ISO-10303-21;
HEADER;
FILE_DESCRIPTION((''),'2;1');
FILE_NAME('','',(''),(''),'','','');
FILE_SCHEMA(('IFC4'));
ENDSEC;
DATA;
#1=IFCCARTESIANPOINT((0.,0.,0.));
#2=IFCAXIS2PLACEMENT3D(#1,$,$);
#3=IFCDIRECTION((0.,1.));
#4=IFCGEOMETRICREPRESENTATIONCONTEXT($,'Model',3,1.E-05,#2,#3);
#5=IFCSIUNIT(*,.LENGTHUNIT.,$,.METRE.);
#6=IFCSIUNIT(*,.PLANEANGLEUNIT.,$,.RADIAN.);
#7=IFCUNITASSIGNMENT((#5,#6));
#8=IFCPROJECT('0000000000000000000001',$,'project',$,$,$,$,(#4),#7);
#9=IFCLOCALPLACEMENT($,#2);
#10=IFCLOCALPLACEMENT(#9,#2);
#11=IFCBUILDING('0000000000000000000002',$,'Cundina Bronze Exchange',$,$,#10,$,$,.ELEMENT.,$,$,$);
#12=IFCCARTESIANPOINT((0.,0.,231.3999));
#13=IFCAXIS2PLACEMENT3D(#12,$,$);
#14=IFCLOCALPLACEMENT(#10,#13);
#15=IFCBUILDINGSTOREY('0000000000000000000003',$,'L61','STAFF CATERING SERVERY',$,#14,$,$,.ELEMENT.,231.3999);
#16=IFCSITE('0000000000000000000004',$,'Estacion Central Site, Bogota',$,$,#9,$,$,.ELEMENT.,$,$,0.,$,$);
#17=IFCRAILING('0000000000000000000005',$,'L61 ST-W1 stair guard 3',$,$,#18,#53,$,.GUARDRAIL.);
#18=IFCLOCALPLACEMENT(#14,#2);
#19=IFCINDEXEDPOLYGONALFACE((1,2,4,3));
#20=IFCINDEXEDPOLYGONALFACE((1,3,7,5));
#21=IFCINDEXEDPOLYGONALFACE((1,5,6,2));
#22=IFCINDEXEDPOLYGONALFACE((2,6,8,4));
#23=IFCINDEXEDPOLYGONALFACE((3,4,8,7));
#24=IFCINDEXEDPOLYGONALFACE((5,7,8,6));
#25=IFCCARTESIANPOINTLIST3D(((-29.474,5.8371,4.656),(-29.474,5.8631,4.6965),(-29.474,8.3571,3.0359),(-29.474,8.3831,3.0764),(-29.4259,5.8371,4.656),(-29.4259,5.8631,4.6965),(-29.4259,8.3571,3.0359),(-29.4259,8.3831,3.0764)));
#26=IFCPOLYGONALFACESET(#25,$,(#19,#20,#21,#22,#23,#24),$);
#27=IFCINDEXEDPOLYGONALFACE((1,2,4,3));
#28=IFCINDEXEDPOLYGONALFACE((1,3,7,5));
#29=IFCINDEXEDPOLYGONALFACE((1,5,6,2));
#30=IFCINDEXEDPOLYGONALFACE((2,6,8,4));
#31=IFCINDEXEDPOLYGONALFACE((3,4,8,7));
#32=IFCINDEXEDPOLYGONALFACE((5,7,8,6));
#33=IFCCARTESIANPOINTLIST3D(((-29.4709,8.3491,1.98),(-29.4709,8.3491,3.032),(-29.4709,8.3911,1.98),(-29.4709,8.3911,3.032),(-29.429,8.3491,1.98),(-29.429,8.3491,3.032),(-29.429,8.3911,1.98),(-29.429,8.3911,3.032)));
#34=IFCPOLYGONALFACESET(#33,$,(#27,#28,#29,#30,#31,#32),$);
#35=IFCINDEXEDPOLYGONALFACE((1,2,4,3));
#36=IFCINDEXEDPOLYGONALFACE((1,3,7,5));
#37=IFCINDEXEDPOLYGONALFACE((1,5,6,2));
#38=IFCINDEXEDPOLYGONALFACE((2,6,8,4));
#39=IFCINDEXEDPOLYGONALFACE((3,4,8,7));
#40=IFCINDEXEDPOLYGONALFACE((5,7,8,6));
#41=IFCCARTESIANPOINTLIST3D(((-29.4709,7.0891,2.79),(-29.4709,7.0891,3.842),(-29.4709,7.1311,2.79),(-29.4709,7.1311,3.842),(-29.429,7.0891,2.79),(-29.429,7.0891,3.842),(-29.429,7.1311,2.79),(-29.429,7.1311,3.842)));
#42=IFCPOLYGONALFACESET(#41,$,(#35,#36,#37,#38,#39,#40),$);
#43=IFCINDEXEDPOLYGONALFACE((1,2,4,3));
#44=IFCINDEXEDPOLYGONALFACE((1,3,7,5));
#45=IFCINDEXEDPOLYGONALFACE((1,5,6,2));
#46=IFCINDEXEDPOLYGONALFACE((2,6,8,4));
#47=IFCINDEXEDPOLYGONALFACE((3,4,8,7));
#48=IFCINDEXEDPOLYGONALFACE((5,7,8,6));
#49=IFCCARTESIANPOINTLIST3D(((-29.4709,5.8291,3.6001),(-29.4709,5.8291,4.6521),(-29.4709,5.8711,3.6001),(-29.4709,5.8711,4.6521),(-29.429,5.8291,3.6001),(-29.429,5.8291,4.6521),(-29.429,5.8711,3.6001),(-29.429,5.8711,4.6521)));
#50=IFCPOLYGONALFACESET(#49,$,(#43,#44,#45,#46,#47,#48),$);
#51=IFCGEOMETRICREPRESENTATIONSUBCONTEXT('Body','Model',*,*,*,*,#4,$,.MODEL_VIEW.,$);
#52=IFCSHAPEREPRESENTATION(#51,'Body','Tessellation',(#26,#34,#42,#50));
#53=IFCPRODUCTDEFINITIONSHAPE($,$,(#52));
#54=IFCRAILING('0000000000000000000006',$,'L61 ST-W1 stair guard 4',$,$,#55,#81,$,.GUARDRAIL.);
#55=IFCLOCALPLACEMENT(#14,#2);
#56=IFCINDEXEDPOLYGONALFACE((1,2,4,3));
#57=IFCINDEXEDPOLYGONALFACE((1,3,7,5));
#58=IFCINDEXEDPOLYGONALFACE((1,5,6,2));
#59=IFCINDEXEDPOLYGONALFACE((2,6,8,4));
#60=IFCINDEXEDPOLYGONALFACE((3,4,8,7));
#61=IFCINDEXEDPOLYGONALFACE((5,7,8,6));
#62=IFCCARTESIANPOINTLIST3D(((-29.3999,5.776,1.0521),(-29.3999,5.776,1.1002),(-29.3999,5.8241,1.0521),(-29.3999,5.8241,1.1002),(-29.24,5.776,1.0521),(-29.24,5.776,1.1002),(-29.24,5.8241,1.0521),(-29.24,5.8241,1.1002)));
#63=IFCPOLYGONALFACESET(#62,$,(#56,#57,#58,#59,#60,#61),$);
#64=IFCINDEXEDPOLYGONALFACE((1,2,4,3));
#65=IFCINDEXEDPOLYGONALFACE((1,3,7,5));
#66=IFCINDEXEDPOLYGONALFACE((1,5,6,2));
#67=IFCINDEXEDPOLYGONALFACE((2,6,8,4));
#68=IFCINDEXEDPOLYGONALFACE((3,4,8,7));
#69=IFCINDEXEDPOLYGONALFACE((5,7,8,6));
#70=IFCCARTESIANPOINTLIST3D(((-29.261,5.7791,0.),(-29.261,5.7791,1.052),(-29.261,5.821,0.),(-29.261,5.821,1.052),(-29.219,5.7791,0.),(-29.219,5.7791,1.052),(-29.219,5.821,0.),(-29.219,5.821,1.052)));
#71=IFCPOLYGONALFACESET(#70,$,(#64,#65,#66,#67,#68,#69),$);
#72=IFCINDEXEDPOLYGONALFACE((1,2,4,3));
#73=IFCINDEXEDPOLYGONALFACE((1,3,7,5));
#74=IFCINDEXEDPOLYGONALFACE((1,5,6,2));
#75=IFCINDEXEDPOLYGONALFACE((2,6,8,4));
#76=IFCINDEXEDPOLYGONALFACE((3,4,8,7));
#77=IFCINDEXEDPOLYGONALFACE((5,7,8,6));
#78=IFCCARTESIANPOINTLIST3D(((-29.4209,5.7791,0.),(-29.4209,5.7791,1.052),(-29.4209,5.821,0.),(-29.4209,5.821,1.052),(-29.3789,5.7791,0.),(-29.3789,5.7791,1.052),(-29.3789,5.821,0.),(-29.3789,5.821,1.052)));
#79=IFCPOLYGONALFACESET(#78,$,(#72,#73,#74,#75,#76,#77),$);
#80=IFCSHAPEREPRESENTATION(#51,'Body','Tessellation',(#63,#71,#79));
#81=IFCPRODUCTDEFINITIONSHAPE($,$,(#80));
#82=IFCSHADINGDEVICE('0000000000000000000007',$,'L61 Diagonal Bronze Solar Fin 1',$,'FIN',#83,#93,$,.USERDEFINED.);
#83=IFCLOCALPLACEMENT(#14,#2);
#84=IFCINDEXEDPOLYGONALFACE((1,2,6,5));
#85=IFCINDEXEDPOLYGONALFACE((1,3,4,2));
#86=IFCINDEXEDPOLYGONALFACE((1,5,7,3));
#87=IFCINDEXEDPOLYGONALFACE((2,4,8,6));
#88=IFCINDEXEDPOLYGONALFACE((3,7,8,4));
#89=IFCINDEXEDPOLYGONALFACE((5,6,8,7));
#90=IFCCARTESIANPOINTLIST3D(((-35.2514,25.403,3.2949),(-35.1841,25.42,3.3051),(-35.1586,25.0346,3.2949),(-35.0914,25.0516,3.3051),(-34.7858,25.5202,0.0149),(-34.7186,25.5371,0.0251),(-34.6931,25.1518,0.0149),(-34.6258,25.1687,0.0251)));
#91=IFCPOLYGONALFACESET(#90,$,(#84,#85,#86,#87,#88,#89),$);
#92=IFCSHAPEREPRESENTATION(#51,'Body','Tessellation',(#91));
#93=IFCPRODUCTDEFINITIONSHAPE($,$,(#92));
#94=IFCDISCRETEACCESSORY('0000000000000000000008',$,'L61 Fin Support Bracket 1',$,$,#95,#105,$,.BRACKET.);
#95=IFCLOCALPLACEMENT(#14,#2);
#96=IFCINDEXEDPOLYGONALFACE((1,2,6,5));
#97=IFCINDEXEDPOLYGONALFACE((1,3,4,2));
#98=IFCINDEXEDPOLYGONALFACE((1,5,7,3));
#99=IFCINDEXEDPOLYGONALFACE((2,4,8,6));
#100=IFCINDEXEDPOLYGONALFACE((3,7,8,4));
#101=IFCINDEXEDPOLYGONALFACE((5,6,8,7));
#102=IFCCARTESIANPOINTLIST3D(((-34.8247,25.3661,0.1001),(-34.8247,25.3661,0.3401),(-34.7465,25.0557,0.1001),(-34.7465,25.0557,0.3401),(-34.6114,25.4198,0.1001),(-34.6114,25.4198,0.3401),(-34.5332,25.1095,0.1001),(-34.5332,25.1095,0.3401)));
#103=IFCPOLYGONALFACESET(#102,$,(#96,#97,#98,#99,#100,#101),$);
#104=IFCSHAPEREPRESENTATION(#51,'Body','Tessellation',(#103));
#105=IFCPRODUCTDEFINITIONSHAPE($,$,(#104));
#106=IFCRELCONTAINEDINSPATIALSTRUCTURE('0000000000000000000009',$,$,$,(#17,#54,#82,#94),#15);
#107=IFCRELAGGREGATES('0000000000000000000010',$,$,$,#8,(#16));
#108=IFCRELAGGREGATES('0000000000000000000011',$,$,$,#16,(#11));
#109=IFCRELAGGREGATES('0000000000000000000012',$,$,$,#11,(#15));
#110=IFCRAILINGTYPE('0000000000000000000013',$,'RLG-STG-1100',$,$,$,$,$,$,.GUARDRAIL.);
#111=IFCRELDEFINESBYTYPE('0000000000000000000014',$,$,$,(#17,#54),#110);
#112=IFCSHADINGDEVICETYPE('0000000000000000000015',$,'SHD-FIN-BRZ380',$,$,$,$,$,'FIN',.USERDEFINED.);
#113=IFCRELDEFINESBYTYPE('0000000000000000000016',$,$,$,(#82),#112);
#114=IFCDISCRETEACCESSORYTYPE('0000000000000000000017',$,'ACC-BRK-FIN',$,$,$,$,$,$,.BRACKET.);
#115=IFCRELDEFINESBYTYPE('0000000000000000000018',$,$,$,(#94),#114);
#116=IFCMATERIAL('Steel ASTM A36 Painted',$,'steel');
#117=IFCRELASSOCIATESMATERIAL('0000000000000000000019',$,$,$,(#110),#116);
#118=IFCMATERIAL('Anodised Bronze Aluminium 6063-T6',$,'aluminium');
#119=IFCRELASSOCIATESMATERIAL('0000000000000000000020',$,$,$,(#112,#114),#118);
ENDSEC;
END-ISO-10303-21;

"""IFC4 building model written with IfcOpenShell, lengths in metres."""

from ifc_helpers import new_model, si_unit, direction, frame, origin, origin_2d, place, context, subcontext, project, spatial, rectangle, extrude, material, material_profile, profile_set, type_object, element, save


model = new_model("IFC4")

# Units and contexts
model_context = context("Model", 3, precision=1e-05, world=origin(), true_north=direction((0.0, 1.0)))
body_context = subcontext(model_context, "Body", "Model", "MODEL_VIEW")
ifc_project = project(units=[si_unit("LENGTHUNIT", "METRE"), si_unit("PLANEANGLEUNIT", "RADIAN")], contexts=[model_context])

# Site, building, storey
site_placement = place(None, origin())
site = spatial("IfcSite", under=ifc_project, at=site_placement, Name="Estacion Central Site, Bogota", CompositionType="ELEMENT", RefElevation=0.0)
building_placement = place(site_placement, origin())
building = spatial("IfcBuilding", under=site, at=building_placement, Name="Cundina Bronze Exchange", CompositionType="ELEMENT")
storey_placement = place(building_placement, frame((0.0, 0.0, 231.3999)))
storey = spatial("IfcBuildingStorey", under=building, at=storey_placement, Name="L61", Description="STAFF CATERING SERVERY", CompositionType="ELEMENT", Elevation=231.3999)

# Shared definitions
ifc_material_1 = material(Name="Anodised Bronze Aluminium 6063-T6", Category="aluminium")

# Shared definitions
ifc_material_2 = material(Name="Steel ASTM A36 Painted", Category="steel")

# Railings
railing_type_1 = type_object("IfcRailingType", Name="RLG-STG-1100", PredefinedType="GUARDRAIL", material=ifc_material_2)
railing_1_placement = place(storey_placement, frame((-29.45, 8.3701, 1.98)))
element("IfcRailing", 1, at=railing_1_placement, inside=storey, type_object=railing_type_1, Name="L61 ST-W1 stair guard 3", PredefinedType="GUARDRAIL", context=body_context, shape_type="SweptSolid", body=[
    extrude(rectangle(XDim=0.0481, YDim=0.0481, at=origin_2d()), frame((0.0, 0.0, 1.0762), z_axis=(0.0, -0.841163, 0.540782), x_axis=(1.0, 0.0, 0.0)), (0.0, 0.0, 1.0), 2.9958),
    extrude(rectangle(XDim=0.042, YDim=0.042, at=origin_2d()), origin(), (0.0, 0.0, 1.0), 1.052),
    extrude(rectangle(XDim=0.042, YDim=0.042, at=origin_2d()), frame((0.0, -1.26, 0.8101)), (0.0, 0.0, 1.0), 1.052),
    extrude(rectangle(XDim=0.042, YDim=0.042, at=origin_2d()), frame((0.0, -2.52, 1.6201)), (0.0, 0.0, 1.0), 1.052),
])
railing_2_placement = place(storey_placement, frame((-29.24, 5.8, 0.0)))
element("IfcRailing", 2, at=railing_2_placement, inside=storey, type_object=railing_type_1, Name="L61 ST-W1 stair guard 4", PredefinedType="GUARDRAIL", context=body_context, shape_type="SweptSolid", body=[
    extrude(rectangle(XDim=0.0481, YDim=0.0481, at=origin_2d()), frame((0.0, 0.0, 1.0762), z_axis=(-1.0, 0.0, 0.0), x_axis=(0.0, -1.0, 0.0)), (0.0, 0.0, 1.0), 0.1599),
    extrude(rectangle(XDim=0.042, YDim=0.042, at=origin_2d()), origin(), (0.0, 0.0, 1.0), 1.052),
    extrude(rectangle(XDim=0.042, YDim=0.042, at=origin_2d()), frame((-0.1599, 0.0, 0.0)), (0.0, 0.0, 1.0), 1.052),
])

# Shading device
ifc_material_profile_1 = material_profile(ifc_material_1, rectangle(XDim=0.0701, YDim=0.3799, at=origin_2d()), Name="FIN70X380", Category="aluminium")
ifc_profile_set_1 = profile_set([ifc_material_profile_1], Name="Anodised Bronze Aluminium 6063-T6")
shading_device_type = type_object("IfcShadingDeviceType", Name="SHD-FIN-BRZ380", ElementType="FIN", PredefinedType="USERDEFINED", material=ifc_profile_set_1)
shading_device_placement = place(storey_placement, frame((-34.7058, 25.3445, 0.02), z_axis=(-0.140446, -0.035351, 0.989457), x_axis=(0.959528, 0.241517, 0.144827)))
element("IfcShadingDevice", 3, at=shading_device_placement, inside=storey, type_object=shading_device_type, Name="L61 Diagonal Bronze Solar Fin 1", ObjectType="FIN", PredefinedType="USERDEFINED", context=body_context, shape_type="SweptSolid", body=[
    extrude(rectangle(XDim=0.0701, YDim=0.3799, at=origin_2d()), origin(), (0.0, 0.0, 1.0), 3.3149),
])

# Discrete accessory
discrete_accessory_type = type_object("IfcDiscreteAccessoryType", Name="ACC-BRK-FIN", PredefinedType="BRACKET", material=ifc_material_1)
discrete_accessory_placement = place(storey_placement, frame((-34.679, 25.2378, 0.1001), z_axis=(0.0, 0.0, 1.0), x_axis=(-0.969732, -0.244174, 0.0)))
element("IfcDiscreteAccessory", 4, at=discrete_accessory_placement, inside=storey, type_object=discrete_accessory_type, Name="L61 Fin Support Bracket 1", PredefinedType="BRACKET", context=body_context, shape_type="SweptSolid", body=[
    extrude(rectangle(XDim=0.22, YDim=0.3201, at=origin_2d()), origin(), (0.0, 0.0, 1.0), 0.24),
])

save(model, "model.ifc")
